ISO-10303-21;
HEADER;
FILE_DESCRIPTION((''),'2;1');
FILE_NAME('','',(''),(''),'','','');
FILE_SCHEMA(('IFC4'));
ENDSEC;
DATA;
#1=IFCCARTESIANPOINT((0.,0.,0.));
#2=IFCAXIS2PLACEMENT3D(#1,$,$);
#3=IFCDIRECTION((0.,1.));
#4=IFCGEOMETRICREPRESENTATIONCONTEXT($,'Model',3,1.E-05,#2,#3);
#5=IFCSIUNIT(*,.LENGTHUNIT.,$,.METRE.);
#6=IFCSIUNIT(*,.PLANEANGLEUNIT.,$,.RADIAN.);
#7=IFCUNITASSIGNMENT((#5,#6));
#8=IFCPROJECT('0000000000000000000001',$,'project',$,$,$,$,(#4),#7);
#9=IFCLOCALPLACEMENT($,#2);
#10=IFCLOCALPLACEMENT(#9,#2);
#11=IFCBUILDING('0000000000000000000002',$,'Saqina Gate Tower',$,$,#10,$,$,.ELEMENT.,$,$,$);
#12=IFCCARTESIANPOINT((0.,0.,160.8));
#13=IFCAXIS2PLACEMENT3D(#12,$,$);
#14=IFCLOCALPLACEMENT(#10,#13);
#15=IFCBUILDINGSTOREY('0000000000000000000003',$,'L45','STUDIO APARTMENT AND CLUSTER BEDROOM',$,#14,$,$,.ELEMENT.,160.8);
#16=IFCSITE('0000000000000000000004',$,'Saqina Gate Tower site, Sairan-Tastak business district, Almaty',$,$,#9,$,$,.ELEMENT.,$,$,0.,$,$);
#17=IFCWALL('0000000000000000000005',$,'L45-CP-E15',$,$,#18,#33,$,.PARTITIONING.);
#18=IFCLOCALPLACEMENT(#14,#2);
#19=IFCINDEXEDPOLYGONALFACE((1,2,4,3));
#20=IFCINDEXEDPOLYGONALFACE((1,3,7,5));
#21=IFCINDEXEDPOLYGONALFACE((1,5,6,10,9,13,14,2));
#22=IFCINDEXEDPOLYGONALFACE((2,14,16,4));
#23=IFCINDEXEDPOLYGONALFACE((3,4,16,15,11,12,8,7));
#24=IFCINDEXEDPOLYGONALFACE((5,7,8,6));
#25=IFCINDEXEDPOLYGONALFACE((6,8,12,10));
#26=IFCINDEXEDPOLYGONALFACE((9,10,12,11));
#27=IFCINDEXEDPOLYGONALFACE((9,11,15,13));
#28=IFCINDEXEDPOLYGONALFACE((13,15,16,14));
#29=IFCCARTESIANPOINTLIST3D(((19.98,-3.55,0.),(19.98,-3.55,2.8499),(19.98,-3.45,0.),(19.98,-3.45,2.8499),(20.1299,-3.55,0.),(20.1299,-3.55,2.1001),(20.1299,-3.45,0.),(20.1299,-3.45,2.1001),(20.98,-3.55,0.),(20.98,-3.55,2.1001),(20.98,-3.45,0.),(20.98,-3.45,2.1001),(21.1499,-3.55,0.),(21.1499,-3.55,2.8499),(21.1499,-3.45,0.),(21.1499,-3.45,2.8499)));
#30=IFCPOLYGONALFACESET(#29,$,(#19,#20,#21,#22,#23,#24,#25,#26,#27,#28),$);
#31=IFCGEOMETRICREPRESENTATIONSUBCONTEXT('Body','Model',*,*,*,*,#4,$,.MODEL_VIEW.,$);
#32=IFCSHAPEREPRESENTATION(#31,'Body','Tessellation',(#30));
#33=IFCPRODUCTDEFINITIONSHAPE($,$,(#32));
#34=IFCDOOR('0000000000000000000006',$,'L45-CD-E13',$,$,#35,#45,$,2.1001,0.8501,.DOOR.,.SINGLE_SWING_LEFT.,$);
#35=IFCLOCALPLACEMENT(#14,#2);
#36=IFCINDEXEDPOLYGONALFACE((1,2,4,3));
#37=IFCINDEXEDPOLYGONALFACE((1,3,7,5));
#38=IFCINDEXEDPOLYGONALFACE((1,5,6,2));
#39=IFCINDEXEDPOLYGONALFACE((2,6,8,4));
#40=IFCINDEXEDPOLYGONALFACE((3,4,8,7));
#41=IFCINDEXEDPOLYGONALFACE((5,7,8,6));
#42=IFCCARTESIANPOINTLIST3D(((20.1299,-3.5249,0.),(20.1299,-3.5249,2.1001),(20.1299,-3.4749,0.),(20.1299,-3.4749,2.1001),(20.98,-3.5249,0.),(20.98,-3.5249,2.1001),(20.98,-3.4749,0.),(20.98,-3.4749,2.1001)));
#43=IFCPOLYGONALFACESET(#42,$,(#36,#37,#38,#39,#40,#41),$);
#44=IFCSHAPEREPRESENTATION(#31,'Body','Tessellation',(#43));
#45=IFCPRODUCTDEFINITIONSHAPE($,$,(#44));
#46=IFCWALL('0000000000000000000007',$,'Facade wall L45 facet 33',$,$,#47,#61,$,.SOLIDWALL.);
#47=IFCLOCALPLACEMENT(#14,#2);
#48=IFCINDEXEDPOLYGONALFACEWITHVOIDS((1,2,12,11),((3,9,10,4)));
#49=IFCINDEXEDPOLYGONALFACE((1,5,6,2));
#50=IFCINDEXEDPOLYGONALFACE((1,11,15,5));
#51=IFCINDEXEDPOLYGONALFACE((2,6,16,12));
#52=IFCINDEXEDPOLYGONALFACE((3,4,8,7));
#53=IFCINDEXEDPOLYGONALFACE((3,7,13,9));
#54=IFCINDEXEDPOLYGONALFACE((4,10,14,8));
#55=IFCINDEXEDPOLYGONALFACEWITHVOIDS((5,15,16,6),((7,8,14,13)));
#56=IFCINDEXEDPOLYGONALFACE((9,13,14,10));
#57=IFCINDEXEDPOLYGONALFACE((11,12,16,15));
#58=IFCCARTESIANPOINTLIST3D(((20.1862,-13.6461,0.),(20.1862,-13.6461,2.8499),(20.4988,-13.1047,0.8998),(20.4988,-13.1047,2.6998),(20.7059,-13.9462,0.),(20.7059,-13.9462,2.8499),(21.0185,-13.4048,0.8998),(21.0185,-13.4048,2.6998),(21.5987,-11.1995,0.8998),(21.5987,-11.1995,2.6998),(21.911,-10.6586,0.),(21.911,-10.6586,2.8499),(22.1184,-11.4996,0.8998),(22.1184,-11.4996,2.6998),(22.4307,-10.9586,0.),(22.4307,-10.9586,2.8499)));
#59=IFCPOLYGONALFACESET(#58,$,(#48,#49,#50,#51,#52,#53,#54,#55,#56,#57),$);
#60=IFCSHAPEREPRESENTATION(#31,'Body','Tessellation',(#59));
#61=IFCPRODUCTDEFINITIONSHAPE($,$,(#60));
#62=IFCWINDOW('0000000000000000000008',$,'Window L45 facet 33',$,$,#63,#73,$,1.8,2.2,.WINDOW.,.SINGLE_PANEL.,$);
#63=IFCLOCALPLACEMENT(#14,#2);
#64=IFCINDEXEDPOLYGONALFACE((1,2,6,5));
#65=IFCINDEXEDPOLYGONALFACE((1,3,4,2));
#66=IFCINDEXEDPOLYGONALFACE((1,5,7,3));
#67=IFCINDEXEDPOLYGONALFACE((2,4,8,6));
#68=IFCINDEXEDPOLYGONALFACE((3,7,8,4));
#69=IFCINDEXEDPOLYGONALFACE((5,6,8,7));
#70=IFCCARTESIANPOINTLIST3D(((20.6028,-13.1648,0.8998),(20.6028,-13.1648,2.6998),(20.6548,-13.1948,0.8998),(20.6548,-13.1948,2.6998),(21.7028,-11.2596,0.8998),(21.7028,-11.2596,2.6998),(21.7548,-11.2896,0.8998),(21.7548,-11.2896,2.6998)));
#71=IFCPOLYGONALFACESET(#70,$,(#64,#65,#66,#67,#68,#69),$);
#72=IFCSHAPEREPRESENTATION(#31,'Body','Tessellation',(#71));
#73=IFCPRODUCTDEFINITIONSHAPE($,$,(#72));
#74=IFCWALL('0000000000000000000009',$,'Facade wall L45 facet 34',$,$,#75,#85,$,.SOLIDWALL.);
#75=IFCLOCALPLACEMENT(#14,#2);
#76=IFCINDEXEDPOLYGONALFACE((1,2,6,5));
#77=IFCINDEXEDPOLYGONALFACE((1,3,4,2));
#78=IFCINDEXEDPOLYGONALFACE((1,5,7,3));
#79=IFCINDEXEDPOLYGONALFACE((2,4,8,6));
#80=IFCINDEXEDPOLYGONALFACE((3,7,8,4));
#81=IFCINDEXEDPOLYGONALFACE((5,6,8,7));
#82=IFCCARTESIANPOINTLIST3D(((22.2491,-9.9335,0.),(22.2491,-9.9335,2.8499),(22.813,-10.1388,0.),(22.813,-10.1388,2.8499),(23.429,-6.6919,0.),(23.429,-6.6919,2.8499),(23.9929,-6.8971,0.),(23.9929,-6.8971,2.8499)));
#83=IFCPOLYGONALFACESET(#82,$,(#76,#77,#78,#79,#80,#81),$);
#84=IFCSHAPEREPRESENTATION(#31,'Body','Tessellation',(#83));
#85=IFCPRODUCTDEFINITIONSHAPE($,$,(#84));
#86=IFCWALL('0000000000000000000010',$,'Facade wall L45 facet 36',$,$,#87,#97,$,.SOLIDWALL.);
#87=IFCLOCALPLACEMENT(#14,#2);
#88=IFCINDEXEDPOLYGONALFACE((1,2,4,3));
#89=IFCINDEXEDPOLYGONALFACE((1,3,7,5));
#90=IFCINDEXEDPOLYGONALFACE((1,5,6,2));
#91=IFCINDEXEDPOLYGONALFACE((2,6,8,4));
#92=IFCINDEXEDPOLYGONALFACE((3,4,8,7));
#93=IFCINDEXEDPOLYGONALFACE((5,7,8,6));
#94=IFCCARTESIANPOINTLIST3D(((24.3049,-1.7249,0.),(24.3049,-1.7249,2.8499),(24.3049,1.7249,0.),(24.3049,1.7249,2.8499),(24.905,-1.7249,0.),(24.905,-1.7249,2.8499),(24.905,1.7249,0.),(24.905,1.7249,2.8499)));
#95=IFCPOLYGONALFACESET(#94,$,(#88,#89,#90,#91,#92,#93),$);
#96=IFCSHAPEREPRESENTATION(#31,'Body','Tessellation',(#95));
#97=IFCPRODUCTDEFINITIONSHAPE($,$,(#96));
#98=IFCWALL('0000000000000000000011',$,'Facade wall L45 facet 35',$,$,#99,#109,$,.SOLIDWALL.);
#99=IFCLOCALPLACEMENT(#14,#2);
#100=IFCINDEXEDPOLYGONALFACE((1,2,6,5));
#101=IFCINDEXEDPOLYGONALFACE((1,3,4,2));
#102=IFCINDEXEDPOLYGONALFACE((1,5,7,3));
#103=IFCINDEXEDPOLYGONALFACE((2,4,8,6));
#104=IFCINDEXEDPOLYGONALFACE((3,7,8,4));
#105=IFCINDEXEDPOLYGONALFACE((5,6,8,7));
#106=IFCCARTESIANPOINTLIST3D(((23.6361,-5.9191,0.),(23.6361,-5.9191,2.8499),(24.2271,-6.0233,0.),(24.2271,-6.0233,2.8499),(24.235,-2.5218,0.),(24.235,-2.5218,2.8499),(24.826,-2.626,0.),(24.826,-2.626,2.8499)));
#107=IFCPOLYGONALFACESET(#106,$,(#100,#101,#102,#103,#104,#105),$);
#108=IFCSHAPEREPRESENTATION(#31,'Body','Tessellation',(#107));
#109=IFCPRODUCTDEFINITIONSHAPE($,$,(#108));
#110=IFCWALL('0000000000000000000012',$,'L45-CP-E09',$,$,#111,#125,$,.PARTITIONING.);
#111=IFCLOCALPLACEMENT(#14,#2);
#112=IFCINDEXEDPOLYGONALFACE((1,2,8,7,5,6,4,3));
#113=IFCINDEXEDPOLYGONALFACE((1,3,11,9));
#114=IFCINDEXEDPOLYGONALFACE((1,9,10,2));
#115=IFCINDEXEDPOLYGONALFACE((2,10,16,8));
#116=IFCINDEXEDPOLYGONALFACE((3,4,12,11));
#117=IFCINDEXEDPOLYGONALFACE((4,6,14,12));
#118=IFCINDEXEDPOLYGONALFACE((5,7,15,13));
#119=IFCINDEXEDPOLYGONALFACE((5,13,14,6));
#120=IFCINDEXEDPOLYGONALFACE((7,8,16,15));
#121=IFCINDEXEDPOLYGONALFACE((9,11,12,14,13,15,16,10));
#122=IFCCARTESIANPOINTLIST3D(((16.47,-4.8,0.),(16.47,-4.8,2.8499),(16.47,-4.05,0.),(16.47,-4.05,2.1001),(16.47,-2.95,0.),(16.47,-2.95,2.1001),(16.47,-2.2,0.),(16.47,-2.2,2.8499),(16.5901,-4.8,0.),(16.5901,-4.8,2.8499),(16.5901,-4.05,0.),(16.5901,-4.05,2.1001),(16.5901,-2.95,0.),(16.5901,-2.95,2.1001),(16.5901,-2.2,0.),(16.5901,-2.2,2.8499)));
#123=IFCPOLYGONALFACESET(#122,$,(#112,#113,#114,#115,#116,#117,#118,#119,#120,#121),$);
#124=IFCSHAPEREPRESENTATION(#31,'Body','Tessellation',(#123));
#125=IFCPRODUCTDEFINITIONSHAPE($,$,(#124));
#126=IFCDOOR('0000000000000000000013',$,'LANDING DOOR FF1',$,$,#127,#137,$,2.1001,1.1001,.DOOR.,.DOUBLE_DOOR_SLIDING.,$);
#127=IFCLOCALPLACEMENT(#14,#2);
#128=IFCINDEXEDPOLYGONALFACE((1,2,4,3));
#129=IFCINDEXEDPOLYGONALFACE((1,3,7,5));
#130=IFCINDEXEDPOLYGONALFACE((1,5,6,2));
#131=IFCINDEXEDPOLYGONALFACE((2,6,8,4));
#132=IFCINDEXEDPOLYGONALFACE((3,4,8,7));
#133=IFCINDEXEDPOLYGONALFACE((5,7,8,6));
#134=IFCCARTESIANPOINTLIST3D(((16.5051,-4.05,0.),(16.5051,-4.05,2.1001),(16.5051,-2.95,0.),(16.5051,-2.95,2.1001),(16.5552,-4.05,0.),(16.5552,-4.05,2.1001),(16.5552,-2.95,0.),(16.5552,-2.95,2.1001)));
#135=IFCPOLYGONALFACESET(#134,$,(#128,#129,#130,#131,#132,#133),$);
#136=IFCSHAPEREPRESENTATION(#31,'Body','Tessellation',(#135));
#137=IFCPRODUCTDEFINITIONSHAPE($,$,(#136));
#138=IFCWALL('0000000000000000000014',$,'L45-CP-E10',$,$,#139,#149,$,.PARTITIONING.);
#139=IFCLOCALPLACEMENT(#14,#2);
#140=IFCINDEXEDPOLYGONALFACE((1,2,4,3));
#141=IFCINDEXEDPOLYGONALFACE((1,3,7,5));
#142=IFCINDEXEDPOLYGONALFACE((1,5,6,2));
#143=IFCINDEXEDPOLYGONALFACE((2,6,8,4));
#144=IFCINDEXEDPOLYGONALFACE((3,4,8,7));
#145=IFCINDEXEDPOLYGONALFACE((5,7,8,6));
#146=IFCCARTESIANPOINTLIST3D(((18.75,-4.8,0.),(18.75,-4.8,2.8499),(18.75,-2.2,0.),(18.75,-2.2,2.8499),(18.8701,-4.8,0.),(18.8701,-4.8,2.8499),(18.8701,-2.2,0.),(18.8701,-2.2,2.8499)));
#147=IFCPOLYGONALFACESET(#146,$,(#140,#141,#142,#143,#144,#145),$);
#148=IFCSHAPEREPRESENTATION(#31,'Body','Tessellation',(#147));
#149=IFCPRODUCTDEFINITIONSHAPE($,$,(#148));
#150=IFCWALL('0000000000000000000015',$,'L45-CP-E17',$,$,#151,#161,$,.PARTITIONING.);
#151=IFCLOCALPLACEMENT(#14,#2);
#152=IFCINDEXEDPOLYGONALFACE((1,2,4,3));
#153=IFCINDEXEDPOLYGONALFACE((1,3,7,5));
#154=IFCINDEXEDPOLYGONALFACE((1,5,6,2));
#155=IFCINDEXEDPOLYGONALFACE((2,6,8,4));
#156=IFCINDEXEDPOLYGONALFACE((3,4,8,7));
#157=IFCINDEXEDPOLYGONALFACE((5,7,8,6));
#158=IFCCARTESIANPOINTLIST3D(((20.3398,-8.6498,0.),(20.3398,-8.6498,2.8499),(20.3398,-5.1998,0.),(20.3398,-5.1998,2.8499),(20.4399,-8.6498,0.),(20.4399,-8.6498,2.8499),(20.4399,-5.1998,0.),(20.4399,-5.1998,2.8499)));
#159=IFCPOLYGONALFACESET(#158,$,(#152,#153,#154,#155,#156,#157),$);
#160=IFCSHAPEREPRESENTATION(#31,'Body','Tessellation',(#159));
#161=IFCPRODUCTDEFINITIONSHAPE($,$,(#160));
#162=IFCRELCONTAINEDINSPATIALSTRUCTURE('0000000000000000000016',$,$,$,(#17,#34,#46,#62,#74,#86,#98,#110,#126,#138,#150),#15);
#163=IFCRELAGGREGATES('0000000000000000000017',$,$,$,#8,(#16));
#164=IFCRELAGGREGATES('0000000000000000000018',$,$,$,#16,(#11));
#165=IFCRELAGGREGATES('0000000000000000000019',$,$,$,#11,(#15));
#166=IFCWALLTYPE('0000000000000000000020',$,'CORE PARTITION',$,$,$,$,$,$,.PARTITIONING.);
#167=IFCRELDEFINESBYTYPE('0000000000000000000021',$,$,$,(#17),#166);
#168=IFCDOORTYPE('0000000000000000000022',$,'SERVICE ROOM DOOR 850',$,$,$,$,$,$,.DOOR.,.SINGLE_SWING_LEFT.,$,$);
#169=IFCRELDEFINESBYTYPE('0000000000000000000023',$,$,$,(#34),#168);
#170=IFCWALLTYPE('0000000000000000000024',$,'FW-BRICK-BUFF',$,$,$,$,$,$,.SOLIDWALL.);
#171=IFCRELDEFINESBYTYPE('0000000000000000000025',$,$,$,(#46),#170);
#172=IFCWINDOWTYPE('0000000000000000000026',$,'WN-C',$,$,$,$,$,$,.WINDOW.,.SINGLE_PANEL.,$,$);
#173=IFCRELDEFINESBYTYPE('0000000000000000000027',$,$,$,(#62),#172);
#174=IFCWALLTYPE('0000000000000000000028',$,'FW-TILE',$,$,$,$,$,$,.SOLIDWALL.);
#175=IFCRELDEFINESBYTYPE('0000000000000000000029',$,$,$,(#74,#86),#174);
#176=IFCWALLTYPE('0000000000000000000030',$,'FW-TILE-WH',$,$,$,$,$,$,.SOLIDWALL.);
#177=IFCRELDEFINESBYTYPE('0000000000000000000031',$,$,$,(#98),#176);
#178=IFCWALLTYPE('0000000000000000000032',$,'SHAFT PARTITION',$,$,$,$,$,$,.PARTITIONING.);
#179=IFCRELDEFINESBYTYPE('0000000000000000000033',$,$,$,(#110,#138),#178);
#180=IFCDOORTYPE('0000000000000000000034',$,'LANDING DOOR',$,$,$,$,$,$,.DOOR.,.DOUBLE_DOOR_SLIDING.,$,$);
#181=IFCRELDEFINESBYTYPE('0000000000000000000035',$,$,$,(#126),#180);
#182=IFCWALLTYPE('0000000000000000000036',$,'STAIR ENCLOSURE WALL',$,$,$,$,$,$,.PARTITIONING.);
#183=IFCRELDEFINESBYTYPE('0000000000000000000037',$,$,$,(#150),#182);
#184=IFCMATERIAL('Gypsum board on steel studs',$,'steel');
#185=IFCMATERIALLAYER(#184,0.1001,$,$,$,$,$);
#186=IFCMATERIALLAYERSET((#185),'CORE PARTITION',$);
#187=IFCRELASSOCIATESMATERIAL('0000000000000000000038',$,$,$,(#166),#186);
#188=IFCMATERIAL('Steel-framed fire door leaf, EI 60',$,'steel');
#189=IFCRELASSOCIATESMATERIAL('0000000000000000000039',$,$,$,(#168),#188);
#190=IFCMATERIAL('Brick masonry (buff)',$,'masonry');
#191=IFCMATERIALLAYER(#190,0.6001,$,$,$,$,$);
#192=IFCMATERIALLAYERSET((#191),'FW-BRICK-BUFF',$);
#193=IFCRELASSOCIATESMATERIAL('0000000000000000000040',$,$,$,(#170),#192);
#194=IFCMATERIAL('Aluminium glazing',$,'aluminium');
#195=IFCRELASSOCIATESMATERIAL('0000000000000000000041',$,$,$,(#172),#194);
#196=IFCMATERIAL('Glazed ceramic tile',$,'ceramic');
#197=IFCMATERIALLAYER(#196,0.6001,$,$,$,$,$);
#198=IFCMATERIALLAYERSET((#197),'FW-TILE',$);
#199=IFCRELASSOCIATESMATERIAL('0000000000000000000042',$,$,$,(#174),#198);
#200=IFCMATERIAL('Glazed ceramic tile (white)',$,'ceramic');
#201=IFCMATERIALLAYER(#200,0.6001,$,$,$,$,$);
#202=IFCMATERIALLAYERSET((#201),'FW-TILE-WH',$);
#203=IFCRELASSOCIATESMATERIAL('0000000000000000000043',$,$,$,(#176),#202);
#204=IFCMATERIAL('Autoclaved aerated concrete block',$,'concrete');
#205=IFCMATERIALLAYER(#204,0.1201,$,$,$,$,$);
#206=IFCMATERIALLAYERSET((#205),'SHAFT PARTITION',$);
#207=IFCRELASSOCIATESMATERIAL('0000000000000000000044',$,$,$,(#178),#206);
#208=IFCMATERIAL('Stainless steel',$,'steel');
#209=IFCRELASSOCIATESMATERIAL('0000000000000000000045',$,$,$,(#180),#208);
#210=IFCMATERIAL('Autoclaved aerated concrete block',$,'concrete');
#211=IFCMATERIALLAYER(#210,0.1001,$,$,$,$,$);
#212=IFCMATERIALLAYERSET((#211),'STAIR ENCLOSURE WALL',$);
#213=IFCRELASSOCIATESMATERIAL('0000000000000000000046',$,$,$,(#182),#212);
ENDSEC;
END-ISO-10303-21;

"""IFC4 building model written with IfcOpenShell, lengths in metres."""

from ifc_helpers import new_model, si_unit, direction, frame, frame_2d, origin, place, context, subcontext, project, spatial, rectangle, extrude, material, layer, layer_set, type_object, element, fill, save


model = new_model("IFC4")

# Units and contexts
model_context = context("Model", 3, precision=1e-05, world=origin(), true_north=direction((0.0, 1.0)))
body_context = subcontext(model_context, "Body", "Model", "MODEL_VIEW")
ifc_project = project(units=[si_unit("LENGTHUNIT", "METRE"), si_unit("PLANEANGLEUNIT", "RADIAN")], contexts=[model_context])

# Site, building, storey
site_placement = place(None, origin())
site = spatial("IfcSite", under=ifc_project, at=site_placement, Name="Saqina Gate Tower site, Sairan-Tastak business district, Almaty", CompositionType="ELEMENT", RefElevation=0.0)
building_placement = place(site_placement, origin())
building = spatial("IfcBuilding", under=site, at=building_placement, Name="Saqina Gate Tower", CompositionType="ELEMENT")
storey_placement = place(building_placement, frame((0.0, 0.0, 160.8)))
storey = spatial("IfcBuildingStorey", under=building, at=storey_placement, Name="L45", Description="STUDIO APARTMENT AND CLUSTER BEDROOM", CompositionType="ELEMENT", Elevation=160.8)

# Shared definitions
ifc_material_1 = material(Name="Gypsum board on steel studs", Category="steel")
ifc_layer_1 = layer(ifc_material_1, 0.1001)
ifc_layer_set_1 = layer_set([ifc_layer_1], Name="CORE PARTITION")
wall_type_1 = type_object("IfcWallType", Name="CORE PARTITION", PredefinedType="PARTITIONING", material=ifc_layer_set_1)

# Wall, opening, door
ifc_material_2 = material(Name="Steel-framed fire door leaf, EI 60", Category="steel")
door_type_1 = type_object("IfcDoorType", Name="SERVICE ROOM DOOR 850", OperationType="SINGLE_SWING_LEFT", PredefinedType="DOOR", material=ifc_material_2)
wall_1_placement = place(storey_placement, frame((19.98, -3.5, 0.0), z_axis=(0.0, 0.0, 1.0), x_axis=(1.0, 0.0, 0.0)))
wall_1 = element("IfcWall", 1, at=wall_1_placement, inside=storey, type_object=wall_type_1, Name="L45-CP-E15", PredefinedType="PARTITIONING", context=body_context, shape_type="SweptSolid", body=[
    extrude(rectangle(XDim=1.1699, YDim=0.1001, at=frame_2d((0.585, 0.0))), origin(), (0.0, 0.0, 1.0), 2.8499),
])
opening_1_placement = place(wall_1_placement, frame((0.1499, 0.0, 0.0)))
opening_1 = element("IfcOpeningElement", 2, at=opening_1_placement, cuts=wall_1, PredefinedType="OPENING", context=body_context, shape_type="SweptSolid", body=[
    extrude(rectangle(XDim=0.8501, YDim=2.1001, at=frame_2d((0.425, 1.05))), frame((0.0, 0.062, 0.0), z_axis=(0.0, -1.0, 0.0), x_axis=(1.0, 0.0, 0.0)), (0.0, 0.0, 1.0), 0.124),
])
door_1_placement = place(opening_1_placement, frame((0.8501, 0.0, 0.0), z_axis=(0.0, 0.0, 1.0), x_axis=(-1.0, 0.0, 0.0)))
door_1 = element("IfcDoor", 3, at=door_1_placement, inside=storey, type_object=door_type_1, Name="L45-CD-E13", OperationType="SINGLE_SWING_LEFT", OverallHeight=2.1001, OverallWidth=0.8501, PredefinedType="DOOR", context=body_context, shape_type="SweptSolid", body=[
    extrude(rectangle(XDim=0.8501, YDim=2.1001, at=frame_2d((0.425, 1.05))), frame((0.0, 0.0249, 0.0), z_axis=(0.0, -1.0, 0.0), x_axis=(1.0, 0.0, 0.0)), (0.0, 0.0, 1.0), 0.05),
])
fill(opening_1, door_1)

# Wall, opening, window
ifc_material_3 = material(Name="Brick masonry (buff)", Category="masonry")
ifc_layer_2 = layer(ifc_material_3, 0.6001)
ifc_layer_set_2 = layer_set([ifc_layer_2], Name="FW-BRICK-BUFF")
wall_type_2 = type_object("IfcWallType", Name="FW-BRICK-BUFF", PredefinedType="SOLIDWALL", material=ifc_layer_set_2)
wall_2_placement = place(storey_placement, frame((20.446, -13.7961, 0.0), z_axis=(0.0, 0.0, 1.0), x_axis=(0.499998, 0.866026, 0.0)))
wall_2 = element("IfcWall", 4, at=wall_2_placement, inside=storey, type_object=wall_type_2, Name="Facade wall L45 facet 33", PredefinedType="SOLIDWALL", context=body_context, shape_type="SweptSolid", body=[
    extrude(rectangle(XDim=3.4497, YDim=0.6001, at=frame_2d((1.7249, 0.0))), origin(), (0.0, 0.0, 1.0), 2.8499),
])
opening_2_placement = place(wall_2_placement, frame((0.625, 0.0, 0.8999)))
opening_2 = element("IfcOpeningElement", 5, at=opening_2_placement, cuts=wall_2, PredefinedType="OPENING", context=body_context, shape_type="SweptSolid", body=[
    extrude(rectangle(XDim=2.2, YDim=1.8, at=frame_2d((1.1001, 0.8999))), frame((0.0, 0.312, 0.0), z_axis=(0.0, -1.0, 0.0), x_axis=(1.0, 0.0, 0.0)), (0.0, 0.0, 1.0), 0.624),
])
ifc_material_4 = material(Name="Aluminium glazing", Category="aluminium")
window_type = type_object("IfcWindowType", Name="WN-C", PartitioningType="SINGLE_PANEL", PredefinedType="WINDOW", material=ifc_material_4)
window_placement = place(opening_2_placement, origin())
window = element("IfcWindow", 6, at=window_placement, inside=storey, type_object=window_type, Name="Window L45 facet 33", OverallHeight=1.8, OverallWidth=2.2, PartitioningType="SINGLE_PANEL", PredefinedType="WINDOW", context=body_context, shape_type="SweptSolid", body=[
    extrude(rectangle(XDim=2.2, YDim=1.8, at=frame_2d((1.1001, 0.8999))), frame((0.0, 0.1799, 0.0), z_axis=(0.0, -1.0, 0.0), x_axis=(1.0, 0.0, 0.0)), (0.0, 0.0, 1.0), 0.0601),
])
fill(opening_2, window)

# Walls
ifc_material_5 = material(Name="Glazed ceramic tile", Category="ceramic")
ifc_layer_3 = layer(ifc_material_5, 0.6001)
ifc_layer_set_3 = layer_set([ifc_layer_3], Name="FW-TILE")
wall_type_3 = type_object("IfcWallType", Name="FW-TILE", PredefinedType="SOLIDWALL", material=ifc_layer_set_3)
for number, where, z_axis, x_axis, name in (
    (7, (22.531, -10.0361, 0.0), (0.0, 0.0, 1.0), (0.342033, 0.939688, 0.0), "Facade wall L45 facet 34"),
    (8, (24.605, -1.7249, 0.0), (0.0, 0.0, 1.0), (0.0, 1.0, 0.0), "Facade wall L45 facet 36"),
):
    element("IfcWall", number, at=place(storey_placement, frame(where, z_axis=z_axis, x_axis=x_axis)), inside=storey, type_object=wall_type_3, Name=name, PredefinedType="SOLIDWALL", context=body_context, shape_type="SweptSolid", body=[
        extrude(rectangle(XDim=3.4497, YDim=0.6001, at=frame_2d((1.7249, 0.0))), origin(), (0.0, 0.0, 1.0), 2.8499),
    ])
ifc_material_6 = material(Name="Glazed ceramic tile (white)", Category="ceramic")
ifc_layer_4 = layer(ifc_material_6, 0.6001)
ifc_layer_set_4 = layer_set([ifc_layer_4], Name="FW-TILE-WH")
wall_type_4 = type_object("IfcWallType", Name="FW-TILE-WH", PredefinedType="SOLIDWALL", material=ifc_layer_set_4)
wall_3_placement = place(storey_placement, frame((23.9316, -5.9712, 0.0), z_axis=(0.0, 0.0, 1.0), x_axis=(0.173608, 0.984815, 0.0)))
element("IfcWall", 9, at=wall_3_placement, inside=storey, type_object=wall_type_4, Name="Facade wall L45 facet 35", PredefinedType="SOLIDWALL", context=body_context, shape_type="SweptSolid", body=[
    extrude(rectangle(XDim=3.4497, YDim=0.6001, at=frame_2d((1.7249, 0.0))), origin(), (0.0, 0.0, 1.0), 2.8499),
])

# Wall, opening, door
ifc_material_7 = material(Name="Autoclaved aerated concrete block", Category="concrete")
ifc_layer_5 = layer(ifc_material_7, 0.1201)
ifc_layer_set_5 = layer_set([ifc_layer_5], Name="SHAFT PARTITION")
wall_type_5 = type_object("IfcWallType", Name="SHAFT PARTITION", PredefinedType="PARTITIONING", material=ifc_layer_set_5)
wall_4_placement = place(storey_placement, frame((16.53, -4.8, 0.0), z_axis=(0.0, 0.0, 1.0), x_axis=(0.0, 1.0, 0.0)))
wall_4 = element("IfcWall", 10, at=wall_4_placement, inside=storey, type_object=wall_type_5, Name="L45-CP-E09", PredefinedType="PARTITIONING", context=body_context, shape_type="SweptSolid", body=[
    extrude(rectangle(XDim=2.6001, YDim=0.1201, at=frame_2d((1.3, 0.0))), origin(), (0.0, 0.0, 1.0), 2.8499),
])
opening_3_placement = place(wall_4_placement, frame((0.75, 0.0, 0.0)))
opening_3 = element("IfcOpeningElement", 11, at=opening_3_placement, cuts=wall_4, PredefinedType="OPENING", context=body_context, shape_type="SweptSolid", body=[
    extrude(rectangle(XDim=1.1001, YDim=2.1001, at=frame_2d((0.55, 1.05))), frame((0.0, 0.072, 0.0), z_axis=(0.0, -1.0, 0.0), x_axis=(1.0, 0.0, 0.0)), (0.0, 0.0, 1.0), 0.144),
])
ifc_material_8 = material(Name="Stainless steel", Category="steel")
door_type_2 = type_object("IfcDoorType", Name="LANDING DOOR", OperationType="DOUBLE_DOOR_SLIDING", PredefinedType="DOOR", material=ifc_material_8)
door_2_placement = place(opening_3_placement, origin())
door_2 = element("IfcDoor", 12, at=door_2_placement, inside=storey, type_object=door_type_2, Name="LANDING DOOR FF1", OperationType="DOUBLE_DOOR_SLIDING", OverallHeight=2.1001, OverallWidth=1.1001, PredefinedType="DOOR", context=body_context, shape_type="SweptSolid", body=[
    extrude(rectangle(XDim=1.1001, YDim=2.1001, at=frame_2d((0.55, 1.05))), frame((0.0, 0.0249, 0.0), z_axis=(0.0, -1.0, 0.0), x_axis=(1.0, 0.0, 0.0)), (0.0, 0.0, 1.0), 0.05),
])
fill(opening_3, door_2)

# Walls
wall_5_placement = place(storey_placement, frame((18.8101, -4.8, 0.0), z_axis=(0.0, 0.0, 1.0), x_axis=(0.0, 1.0, 0.0)))
element("IfcWall", 13, at=wall_5_placement, inside=storey, type_object=wall_type_5, Name="L45-CP-E10", PredefinedType="PARTITIONING", context=body_context, shape_type="SweptSolid", body=[
    extrude(rectangle(XDim=2.6001, YDim=0.1201, at=frame_2d((1.3, 0.0))), origin(), (0.0, 0.0, 1.0), 2.8499),
])
ifc_material_9 = material(Name="Autoclaved aerated concrete block", Category="concrete")
ifc_layer_6 = layer(ifc_material_9, 0.1001)
ifc_layer_set_6 = layer_set([ifc_layer_6], Name="STAIR ENCLOSURE WALL")
wall_type_6 = type_object("IfcWallType", Name="STAIR ENCLOSURE WALL", PredefinedType="PARTITIONING", material=ifc_layer_set_6)
wall_6_placement = place(storey_placement, frame((20.3899, -8.6499, 0.0), z_axis=(0.0, 0.0, 1.0), x_axis=(0.0, 1.0, 0.0)))
element("IfcWall", 14, at=wall_6_placement, inside=storey, type_object=wall_type_6, Name="L45-CP-E17", PredefinedType="PARTITIONING", context=body_context, shape_type="SweptSolid", body=[
    extrude(rectangle(XDim=3.45, YDim=0.1001, at=frame_2d((1.7251, 0.0))), origin(), (0.0, 0.0, 1.0), 2.8499),
])

save(model, "model.ifc")
